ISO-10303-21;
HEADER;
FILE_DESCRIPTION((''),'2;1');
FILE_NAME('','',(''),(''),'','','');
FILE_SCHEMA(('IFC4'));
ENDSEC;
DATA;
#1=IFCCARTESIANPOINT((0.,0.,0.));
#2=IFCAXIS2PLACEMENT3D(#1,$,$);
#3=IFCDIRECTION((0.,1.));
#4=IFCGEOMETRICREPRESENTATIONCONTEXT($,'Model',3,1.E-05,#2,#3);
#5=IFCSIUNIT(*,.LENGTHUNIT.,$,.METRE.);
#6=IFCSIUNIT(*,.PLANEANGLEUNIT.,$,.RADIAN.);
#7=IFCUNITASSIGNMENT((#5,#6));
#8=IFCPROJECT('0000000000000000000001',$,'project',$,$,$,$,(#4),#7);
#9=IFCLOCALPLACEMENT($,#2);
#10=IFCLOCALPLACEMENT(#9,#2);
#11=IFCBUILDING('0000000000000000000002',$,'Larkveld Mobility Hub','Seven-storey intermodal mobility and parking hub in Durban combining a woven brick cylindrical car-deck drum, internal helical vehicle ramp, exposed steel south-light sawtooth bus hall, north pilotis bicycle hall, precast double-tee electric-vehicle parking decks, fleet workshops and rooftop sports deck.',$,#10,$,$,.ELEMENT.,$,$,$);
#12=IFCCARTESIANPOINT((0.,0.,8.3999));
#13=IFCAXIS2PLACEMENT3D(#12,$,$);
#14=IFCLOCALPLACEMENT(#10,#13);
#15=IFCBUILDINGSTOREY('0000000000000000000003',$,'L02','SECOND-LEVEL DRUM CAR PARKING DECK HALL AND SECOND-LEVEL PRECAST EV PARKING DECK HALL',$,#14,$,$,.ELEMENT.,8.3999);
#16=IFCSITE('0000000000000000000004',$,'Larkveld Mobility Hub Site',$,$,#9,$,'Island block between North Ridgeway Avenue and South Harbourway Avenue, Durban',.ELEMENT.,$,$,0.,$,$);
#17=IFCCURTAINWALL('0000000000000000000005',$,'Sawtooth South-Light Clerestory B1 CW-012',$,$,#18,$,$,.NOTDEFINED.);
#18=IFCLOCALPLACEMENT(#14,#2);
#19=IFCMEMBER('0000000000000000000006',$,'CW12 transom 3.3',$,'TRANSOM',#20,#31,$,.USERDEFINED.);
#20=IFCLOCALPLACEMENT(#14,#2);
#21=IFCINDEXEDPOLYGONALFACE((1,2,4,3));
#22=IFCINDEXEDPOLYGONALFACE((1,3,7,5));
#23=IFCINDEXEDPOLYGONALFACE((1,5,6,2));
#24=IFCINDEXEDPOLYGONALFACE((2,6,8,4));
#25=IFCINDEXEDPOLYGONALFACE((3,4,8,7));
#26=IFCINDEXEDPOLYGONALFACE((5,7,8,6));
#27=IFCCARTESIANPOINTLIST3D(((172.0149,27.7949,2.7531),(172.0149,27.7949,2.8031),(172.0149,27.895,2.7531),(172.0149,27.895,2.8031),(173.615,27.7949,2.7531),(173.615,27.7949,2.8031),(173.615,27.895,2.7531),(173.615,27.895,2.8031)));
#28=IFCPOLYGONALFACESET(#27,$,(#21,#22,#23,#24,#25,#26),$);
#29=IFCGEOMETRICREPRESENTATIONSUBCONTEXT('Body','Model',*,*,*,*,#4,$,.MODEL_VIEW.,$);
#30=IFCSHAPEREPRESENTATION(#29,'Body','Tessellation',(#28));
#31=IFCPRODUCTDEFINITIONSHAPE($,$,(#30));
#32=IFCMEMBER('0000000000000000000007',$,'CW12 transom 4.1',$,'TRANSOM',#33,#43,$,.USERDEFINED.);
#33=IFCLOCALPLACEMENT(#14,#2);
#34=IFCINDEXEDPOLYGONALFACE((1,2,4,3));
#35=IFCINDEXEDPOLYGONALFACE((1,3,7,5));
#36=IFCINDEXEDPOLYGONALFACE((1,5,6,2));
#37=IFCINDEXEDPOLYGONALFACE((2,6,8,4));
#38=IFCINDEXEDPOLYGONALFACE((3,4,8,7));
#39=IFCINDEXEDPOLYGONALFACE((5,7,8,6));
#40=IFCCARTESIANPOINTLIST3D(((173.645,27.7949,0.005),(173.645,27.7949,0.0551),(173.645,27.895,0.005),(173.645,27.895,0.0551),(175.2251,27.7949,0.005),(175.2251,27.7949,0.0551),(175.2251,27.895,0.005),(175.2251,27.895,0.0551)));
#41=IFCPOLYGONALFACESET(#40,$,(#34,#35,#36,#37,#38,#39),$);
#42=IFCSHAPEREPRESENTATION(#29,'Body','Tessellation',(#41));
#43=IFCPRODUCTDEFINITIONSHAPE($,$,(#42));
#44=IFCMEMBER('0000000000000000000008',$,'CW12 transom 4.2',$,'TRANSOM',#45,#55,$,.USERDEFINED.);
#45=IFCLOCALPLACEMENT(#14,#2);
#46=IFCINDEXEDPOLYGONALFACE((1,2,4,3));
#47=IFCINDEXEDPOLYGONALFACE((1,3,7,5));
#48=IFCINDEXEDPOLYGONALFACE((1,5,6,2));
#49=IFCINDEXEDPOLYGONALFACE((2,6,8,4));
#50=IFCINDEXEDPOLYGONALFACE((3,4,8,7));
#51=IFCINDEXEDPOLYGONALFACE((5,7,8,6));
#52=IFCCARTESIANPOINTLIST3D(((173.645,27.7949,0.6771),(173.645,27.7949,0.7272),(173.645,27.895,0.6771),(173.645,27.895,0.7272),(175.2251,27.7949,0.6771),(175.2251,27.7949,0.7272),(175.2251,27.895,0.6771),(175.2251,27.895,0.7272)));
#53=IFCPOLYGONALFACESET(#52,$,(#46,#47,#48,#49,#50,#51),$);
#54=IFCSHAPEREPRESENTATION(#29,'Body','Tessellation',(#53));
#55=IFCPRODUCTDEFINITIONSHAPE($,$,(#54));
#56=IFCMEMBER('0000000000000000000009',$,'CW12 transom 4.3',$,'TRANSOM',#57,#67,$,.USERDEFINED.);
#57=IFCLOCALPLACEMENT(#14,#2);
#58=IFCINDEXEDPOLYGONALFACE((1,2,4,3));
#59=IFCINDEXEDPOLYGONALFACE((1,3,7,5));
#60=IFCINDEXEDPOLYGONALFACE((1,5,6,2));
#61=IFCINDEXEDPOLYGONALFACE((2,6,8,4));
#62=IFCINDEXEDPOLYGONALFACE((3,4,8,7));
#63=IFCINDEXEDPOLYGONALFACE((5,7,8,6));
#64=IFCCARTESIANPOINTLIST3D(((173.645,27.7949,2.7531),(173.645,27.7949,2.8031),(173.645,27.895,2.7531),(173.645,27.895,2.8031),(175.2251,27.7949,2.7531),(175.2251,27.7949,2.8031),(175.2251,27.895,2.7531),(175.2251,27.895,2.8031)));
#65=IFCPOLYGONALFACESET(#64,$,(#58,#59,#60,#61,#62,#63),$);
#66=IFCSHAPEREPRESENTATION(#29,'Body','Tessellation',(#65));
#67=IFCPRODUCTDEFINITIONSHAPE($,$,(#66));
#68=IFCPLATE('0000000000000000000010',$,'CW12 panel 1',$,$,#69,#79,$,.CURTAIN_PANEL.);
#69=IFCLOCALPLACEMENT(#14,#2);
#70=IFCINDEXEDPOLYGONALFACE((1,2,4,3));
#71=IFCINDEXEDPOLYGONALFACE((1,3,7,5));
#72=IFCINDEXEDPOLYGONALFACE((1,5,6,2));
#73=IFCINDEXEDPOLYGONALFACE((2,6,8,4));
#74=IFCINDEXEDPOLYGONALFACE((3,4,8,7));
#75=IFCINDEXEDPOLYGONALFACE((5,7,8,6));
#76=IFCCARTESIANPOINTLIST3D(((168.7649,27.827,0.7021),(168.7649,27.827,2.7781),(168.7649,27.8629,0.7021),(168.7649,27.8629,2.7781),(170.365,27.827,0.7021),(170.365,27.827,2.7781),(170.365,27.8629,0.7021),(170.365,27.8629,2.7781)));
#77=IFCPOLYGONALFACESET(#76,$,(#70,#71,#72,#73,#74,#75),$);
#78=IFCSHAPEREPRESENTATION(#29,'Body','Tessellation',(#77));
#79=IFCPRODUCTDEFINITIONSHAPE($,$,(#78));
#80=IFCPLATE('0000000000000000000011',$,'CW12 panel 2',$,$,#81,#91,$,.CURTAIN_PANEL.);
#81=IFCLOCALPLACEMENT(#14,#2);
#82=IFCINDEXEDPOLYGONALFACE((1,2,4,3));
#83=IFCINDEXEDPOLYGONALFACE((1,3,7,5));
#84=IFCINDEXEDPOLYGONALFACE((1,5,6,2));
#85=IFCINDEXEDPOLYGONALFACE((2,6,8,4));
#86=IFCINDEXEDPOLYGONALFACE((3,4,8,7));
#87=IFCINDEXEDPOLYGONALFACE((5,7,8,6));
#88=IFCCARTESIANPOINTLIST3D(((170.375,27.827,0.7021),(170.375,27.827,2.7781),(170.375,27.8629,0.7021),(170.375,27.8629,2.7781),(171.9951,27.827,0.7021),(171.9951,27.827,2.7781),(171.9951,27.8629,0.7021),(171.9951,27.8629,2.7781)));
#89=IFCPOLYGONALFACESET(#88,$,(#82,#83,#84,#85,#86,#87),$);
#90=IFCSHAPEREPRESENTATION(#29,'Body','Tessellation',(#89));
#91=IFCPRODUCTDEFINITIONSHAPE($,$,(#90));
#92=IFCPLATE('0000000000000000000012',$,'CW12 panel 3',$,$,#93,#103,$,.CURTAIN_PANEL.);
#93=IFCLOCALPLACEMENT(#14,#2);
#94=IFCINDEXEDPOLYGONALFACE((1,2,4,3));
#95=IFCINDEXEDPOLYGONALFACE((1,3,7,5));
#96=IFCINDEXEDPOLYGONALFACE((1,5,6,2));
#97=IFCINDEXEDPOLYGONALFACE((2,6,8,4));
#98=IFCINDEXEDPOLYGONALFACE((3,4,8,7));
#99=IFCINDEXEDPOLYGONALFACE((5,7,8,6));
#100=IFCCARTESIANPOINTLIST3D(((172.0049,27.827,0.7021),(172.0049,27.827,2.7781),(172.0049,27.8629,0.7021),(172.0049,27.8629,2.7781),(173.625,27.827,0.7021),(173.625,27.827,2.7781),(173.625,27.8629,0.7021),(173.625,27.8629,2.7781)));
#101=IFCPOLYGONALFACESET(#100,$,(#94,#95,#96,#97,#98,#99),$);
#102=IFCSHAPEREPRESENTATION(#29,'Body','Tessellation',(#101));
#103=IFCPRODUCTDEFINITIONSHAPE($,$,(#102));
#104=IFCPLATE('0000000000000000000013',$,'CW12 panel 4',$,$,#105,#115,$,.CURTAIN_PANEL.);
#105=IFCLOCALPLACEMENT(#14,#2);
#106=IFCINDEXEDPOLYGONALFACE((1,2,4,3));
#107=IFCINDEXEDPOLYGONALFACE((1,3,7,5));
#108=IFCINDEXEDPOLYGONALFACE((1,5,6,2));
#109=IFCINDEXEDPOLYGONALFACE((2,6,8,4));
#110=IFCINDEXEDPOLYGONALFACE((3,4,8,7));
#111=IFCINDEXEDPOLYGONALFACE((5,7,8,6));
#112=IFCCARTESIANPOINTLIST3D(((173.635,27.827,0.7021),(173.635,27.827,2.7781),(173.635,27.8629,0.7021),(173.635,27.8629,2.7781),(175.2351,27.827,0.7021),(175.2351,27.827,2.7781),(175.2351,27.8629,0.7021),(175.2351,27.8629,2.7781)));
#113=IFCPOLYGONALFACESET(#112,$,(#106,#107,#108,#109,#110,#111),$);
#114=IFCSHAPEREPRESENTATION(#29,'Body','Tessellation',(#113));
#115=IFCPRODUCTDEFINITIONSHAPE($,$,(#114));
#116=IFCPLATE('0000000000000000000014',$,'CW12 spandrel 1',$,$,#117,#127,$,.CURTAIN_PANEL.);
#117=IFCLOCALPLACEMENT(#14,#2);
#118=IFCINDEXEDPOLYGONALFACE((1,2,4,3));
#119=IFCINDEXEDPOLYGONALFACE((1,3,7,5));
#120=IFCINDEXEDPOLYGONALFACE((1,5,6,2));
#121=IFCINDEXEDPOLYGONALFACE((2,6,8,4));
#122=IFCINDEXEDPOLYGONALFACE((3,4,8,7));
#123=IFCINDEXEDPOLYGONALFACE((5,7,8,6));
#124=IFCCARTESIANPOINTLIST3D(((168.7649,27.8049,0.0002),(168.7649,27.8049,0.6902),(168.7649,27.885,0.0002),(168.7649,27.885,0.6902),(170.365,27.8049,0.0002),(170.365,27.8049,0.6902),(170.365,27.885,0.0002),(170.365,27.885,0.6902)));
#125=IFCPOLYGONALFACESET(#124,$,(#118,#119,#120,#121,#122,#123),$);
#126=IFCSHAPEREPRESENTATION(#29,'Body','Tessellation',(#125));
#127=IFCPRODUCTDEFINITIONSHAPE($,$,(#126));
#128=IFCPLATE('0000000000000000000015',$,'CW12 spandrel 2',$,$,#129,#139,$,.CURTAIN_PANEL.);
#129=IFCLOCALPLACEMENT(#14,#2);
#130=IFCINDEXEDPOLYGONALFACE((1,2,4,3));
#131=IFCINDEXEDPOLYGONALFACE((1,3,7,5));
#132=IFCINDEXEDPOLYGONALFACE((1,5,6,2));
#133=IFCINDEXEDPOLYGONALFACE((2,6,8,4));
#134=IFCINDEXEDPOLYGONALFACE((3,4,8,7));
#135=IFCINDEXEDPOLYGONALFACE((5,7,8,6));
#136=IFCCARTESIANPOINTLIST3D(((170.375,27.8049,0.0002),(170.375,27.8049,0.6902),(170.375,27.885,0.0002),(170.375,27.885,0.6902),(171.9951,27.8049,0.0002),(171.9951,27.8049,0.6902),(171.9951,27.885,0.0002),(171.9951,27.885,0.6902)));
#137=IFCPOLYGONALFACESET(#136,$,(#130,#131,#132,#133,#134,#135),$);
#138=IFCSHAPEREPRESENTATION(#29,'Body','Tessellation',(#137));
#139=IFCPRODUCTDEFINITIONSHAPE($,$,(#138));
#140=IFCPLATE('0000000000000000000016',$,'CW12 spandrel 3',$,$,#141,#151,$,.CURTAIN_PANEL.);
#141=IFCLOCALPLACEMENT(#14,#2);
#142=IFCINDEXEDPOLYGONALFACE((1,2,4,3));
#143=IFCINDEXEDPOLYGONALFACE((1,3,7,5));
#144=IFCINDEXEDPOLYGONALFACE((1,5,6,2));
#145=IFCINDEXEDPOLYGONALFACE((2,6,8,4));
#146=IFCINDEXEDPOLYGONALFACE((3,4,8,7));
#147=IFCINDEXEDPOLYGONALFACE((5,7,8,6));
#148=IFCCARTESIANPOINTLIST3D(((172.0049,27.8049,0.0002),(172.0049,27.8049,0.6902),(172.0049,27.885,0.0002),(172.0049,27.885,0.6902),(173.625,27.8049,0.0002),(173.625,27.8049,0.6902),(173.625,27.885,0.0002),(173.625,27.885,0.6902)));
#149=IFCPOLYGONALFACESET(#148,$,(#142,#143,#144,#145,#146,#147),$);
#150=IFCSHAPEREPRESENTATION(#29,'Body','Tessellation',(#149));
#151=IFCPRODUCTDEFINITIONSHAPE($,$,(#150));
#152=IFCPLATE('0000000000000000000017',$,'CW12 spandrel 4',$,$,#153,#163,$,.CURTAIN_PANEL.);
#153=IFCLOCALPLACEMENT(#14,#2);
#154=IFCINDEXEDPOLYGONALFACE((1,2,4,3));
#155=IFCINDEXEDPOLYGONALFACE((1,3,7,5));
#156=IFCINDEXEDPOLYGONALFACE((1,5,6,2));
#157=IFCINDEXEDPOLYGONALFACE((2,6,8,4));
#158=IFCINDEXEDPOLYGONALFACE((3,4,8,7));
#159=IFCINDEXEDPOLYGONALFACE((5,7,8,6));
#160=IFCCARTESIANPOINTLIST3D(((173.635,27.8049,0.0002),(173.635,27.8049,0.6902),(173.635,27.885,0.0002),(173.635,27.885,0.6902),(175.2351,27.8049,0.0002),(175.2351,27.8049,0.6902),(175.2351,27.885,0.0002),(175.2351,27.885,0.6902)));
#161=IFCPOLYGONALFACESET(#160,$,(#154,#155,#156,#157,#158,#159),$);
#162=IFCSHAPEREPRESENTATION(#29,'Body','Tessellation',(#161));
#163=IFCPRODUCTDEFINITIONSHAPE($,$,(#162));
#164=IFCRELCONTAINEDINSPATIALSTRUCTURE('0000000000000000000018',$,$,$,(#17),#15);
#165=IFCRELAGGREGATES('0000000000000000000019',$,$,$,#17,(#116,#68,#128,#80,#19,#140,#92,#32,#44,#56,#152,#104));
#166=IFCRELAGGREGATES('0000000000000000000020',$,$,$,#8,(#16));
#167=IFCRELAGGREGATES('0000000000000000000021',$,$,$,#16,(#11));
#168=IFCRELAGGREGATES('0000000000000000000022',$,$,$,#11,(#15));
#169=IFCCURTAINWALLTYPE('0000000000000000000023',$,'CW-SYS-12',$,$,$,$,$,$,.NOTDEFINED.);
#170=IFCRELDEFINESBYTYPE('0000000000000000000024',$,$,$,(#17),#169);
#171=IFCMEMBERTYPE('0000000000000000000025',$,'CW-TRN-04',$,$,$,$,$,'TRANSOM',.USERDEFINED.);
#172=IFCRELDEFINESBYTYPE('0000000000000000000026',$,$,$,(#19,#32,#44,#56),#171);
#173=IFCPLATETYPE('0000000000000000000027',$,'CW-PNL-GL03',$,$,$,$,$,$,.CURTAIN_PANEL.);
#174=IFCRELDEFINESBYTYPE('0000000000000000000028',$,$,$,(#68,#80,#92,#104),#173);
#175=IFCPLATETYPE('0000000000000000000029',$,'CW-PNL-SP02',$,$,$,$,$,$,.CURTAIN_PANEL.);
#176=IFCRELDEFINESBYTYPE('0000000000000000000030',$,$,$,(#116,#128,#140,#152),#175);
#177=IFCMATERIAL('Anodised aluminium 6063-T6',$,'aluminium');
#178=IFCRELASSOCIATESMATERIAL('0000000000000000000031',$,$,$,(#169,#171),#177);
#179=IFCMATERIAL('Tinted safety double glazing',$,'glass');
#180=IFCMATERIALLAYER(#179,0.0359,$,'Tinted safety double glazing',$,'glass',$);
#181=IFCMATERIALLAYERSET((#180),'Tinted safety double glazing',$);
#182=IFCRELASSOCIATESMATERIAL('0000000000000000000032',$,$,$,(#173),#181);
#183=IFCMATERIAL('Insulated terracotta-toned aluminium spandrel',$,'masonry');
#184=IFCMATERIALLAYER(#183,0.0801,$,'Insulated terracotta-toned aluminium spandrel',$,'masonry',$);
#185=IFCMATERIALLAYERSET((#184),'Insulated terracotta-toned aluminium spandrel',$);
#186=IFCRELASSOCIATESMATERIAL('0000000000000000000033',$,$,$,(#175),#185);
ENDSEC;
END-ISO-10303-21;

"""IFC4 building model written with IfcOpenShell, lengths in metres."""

from ifc_helpers import new_model, si_unit, direction, frame, origin, origin_2d, place, context, subcontext, project, spatial, rectangle, extrude, material, layer, layer_set, material_profile, profile_set, type_object, element, aggregate, save


model = new_model("IFC4")

# Units and contexts
model_context = context("Model", 3, precision=1e-05, world=origin(), true_north=direction((0.0, 1.0)))
body_context = subcontext(model_context, "Body", "Model", "MODEL_VIEW")
ifc_project = project(units=[si_unit("LENGTHUNIT", "METRE"), si_unit("PLANEANGLEUNIT", "RADIAN")], contexts=[model_context])

# Site, building, storey
site_placement = place(None, origin())
site = spatial("IfcSite", under=ifc_project, at=site_placement, Name="Larkveld Mobility Hub Site", LongName="Island block between North Ridgeway Avenue and South Harbourway Avenue, Durban", CompositionType="ELEMENT", RefElevation=0.0)
building_placement = place(site_placement, origin())
building = spatial("IfcBuilding", under=site, at=building_placement, Name="Larkveld Mobility Hub", Description="Seven-storey intermodal mobility and parking hub in Durban combining a woven brick cylindrical car-deck drum, internal helical vehicle ramp, exposed steel south-light sawtooth bus hall, north pilotis bicycle hall, precast double-tee electric-vehicle parking decks, fleet workshops and rooftop sports deck.", CompositionType="ELEMENT")
storey_placement = place(building_placement, frame((0.0, 0.0, 8.3999)))
storey = spatial("IfcBuildingStorey", under=building, at=storey_placement, Name="L02", Description="SECOND-LEVEL DRUM CAR PARKING DECK HALL AND SECOND-LEVEL PRECAST EV PARKING DECK HALL", CompositionType="ELEMENT", Elevation=8.3999)

# Curtain wall, members, plates
ifc_material_1 = material(Name="Anodised aluminium 6063-T6", Category="aluminium")
curtain_wall_type = type_object("IfcCurtainWallType", Name="CW-SYS-12", PredefinedType="NOTDEFINED", material=ifc_material_1)
curtain_wall_placement = place(storey_placement, origin())
curtain_wall = element("IfcCurtainWall", 1, at=curtain_wall_placement, inside=storey, type_object=curtain_wall_type, Name="Sawtooth South-Light Clerestory B1 CW-012", PredefinedType="NOTDEFINED")
ifc_material_profile_1 = material_profile(ifc_material_1, rectangle(XDim=0.1001, YDim=0.05, at=origin_2d()), Name="ALU TRAN 50x100")
ifc_profile_set_1 = profile_set([ifc_material_profile_1], Name="Anodised aluminium 6063-T6")
member_type_1 = type_object("IfcMemberType", Name="CW-TRN-04", ElementType="TRANSOM", PredefinedType="USERDEFINED", material=ifc_profile_set_1)
member_1_placement = place(storey_placement, frame((172.0149, 27.845, 2.7781), z_axis=(1.0, 0.0, 0.0), x_axis=(0.0, 1.0, 0.0)))
member_1 = element("IfcMember", 2, at=member_1_placement, type_object=member_type_1, Name="CW12 transom 3.3", ObjectType="TRANSOM", PredefinedType="USERDEFINED", context=body_context, shape_type="SweptSolid", body=[
    extrude(rectangle(XDim=0.1001, YDim=0.05, at=origin_2d()), origin(), (0.0, 0.0, 1.0), 1.6001),
])
member_2_placement = place(storey_placement, frame((173.645, 27.845, 0.03), z_axis=(1.0, 0.0, 0.0), x_axis=(0.0, 1.0, 0.0)))
member_2 = element("IfcMember", 3, at=member_2_placement, type_object=member_type_1, Name="CW12 transom 4.1", ObjectType="TRANSOM", PredefinedType="USERDEFINED", context=body_context, shape_type="SweptSolid", body=[
    extrude(rectangle(XDim=0.1001, YDim=0.05, at=origin_2d()), origin(), (0.0, 0.0, 1.0), 1.5801),
])
member_3_placement = place(storey_placement, frame((173.645, 27.845, 0.7021), z_axis=(1.0, 0.0, 0.0), x_axis=(0.0, 1.0, 0.0)))
member_3 = element("IfcMember", 4, at=member_3_placement, type_object=member_type_1, Name="CW12 transom 4.2", ObjectType="TRANSOM", PredefinedType="USERDEFINED", context=body_context, shape_type="SweptSolid", body=[
    extrude(rectangle(XDim=0.1001, YDim=0.05, at=origin_2d()), origin(), (0.0, 0.0, 1.0), 1.5801),
])
member_4_placement = place(storey_placement, frame((173.645, 27.845, 2.7781), z_axis=(1.0, 0.0, 0.0), x_axis=(0.0, 1.0, 0.0)))
member_4 = element("IfcMember", 5, at=member_4_placement, type_object=member_type_1, Name="CW12 transom 4.3", ObjectType="TRANSOM", PredefinedType="USERDEFINED", context=body_context, shape_type="SweptSolid", body=[
    extrude(rectangle(XDim=0.1001, YDim=0.05, at=origin_2d()), origin(), (0.0, 0.0, 1.0), 1.5801),
])
ifc_material_2 = material(Name="Tinted safety double glazing", Category="glass")
ifc_layer_1 = layer(ifc_material_2, 0.0359, Name="Tinted safety double glazing", Category="glass")
ifc_layer_set_1 = layer_set([ifc_layer_1], Name="Tinted safety double glazing")
plate_type_1 = type_object("IfcPlateType", Name="CW-PNL-GL03", PredefinedType="CURTAIN_PANEL", material=ifc_layer_set_1)
plate_1_placement = place(storey_placement, frame((169.5649, 27.845, 0.7021), z_axis=(0.0, 0.0, 1.0), x_axis=(1.0, 0.0, 0.0)))
plate_1 = element("IfcPlate", 6, at=plate_1_placement, type_object=plate_type_1, Name="CW12 panel 1", PredefinedType="CURTAIN_PANEL", context=body_context, shape_type="SweptSolid", body=[
    extrude(rectangle(XDim=1.6001, YDim=0.0359, at=origin_2d()), origin(), (0.0, 0.0, 1.0), 2.0759),
])
plate_2_placement = place(storey_placement, frame((171.1851, 27.845, 0.7021), z_axis=(0.0, 0.0, 1.0), x_axis=(1.0, 0.0, 0.0)))
plate_2 = element("IfcPlate", 7, at=plate_2_placement, type_object=plate_type_1, Name="CW12 panel 2", PredefinedType="CURTAIN_PANEL", context=body_context, shape_type="SweptSolid", body=[
    extrude(rectangle(XDim=1.6201, YDim=0.0359, at=origin_2d()), origin(), (0.0, 0.0, 1.0), 2.0759),
])
plate_3_placement = place(storey_placement, frame((172.8149, 27.845, 0.7021), z_axis=(0.0, 0.0, 1.0), x_axis=(1.0, 0.0, 0.0)))
plate_3 = element("IfcPlate", 8, at=plate_3_placement, type_object=plate_type_1, Name="CW12 panel 3", PredefinedType="CURTAIN_PANEL", context=body_context, shape_type="SweptSolid", body=[
    extrude(rectangle(XDim=1.6201, YDim=0.0359, at=origin_2d()), origin(), (0.0, 0.0, 1.0), 2.0759),
])
plate_4_placement = place(storey_placement, frame((174.4351, 27.845, 0.7021), z_axis=(0.0, 0.0, 1.0), x_axis=(1.0, 0.0, 0.0)))
plate_4 = element("IfcPlate", 9, at=plate_4_placement, type_object=plate_type_1, Name="CW12 panel 4", PredefinedType="CURTAIN_PANEL", context=body_context, shape_type="SweptSolid", body=[
    extrude(rectangle(XDim=1.6001, YDim=0.0359, at=origin_2d()), origin(), (0.0, 0.0, 1.0), 2.0759),
])
ifc_material_3 = material(Name="Insulated terracotta-toned aluminium spandrel", Category="masonry")
ifc_layer_2 = layer(ifc_material_3, 0.0801, Name="Insulated terracotta-toned aluminium spandrel", Category="masonry")
ifc_layer_set_2 = layer_set([ifc_layer_2], Name="Insulated terracotta-toned aluminium spandrel")
plate_type_2 = type_object("IfcPlateType", Name="CW-PNL-SP02", PredefinedType="CURTAIN_PANEL", material=ifc_layer_set_2)
plate_5_placement = place(storey_placement, frame((169.5649, 27.845, 0.0002), z_axis=(0.0, 0.0, 1.0), x_axis=(1.0, 0.0, 0.0)))
plate_5 = element("IfcPlate", 10, at=plate_5_placement, type_object=plate_type_2, Name="CW12 spandrel 1", PredefinedType="CURTAIN_PANEL", context=body_context, shape_type="SweptSolid", body=[
    extrude(rectangle(XDim=1.6001, YDim=0.0801, at=origin_2d()), origin(), (0.0, 0.0, 1.0), 0.6899),
])
plate_6_placement = place(storey_placement, frame((171.1851, 27.845, 0.0002), z_axis=(0.0, 0.0, 1.0), x_axis=(1.0, 0.0, 0.0)))
plate_6 = element("IfcPlate", 11, at=plate_6_placement, type_object=plate_type_2, Name="CW12 spandrel 2", PredefinedType="CURTAIN_PANEL", context=body_context, shape_type="SweptSolid", body=[
    extrude(rectangle(XDim=1.6201, YDim=0.0801, at=origin_2d()), origin(), (0.0, 0.0, 1.0), 0.6899),
])
plate_7_placement = place(storey_placement, frame((172.8149, 27.845, 0.0002), z_axis=(0.0, 0.0, 1.0), x_axis=(1.0, 0.0, 0.0)))
plate_7 = element("IfcPlate", 12, at=plate_7_placement, type_object=plate_type_2, Name="CW12 spandrel 3", PredefinedType="CURTAIN_PANEL", context=body_context, shape_type="SweptSolid", body=[
    extrude(rectangle(XDim=1.6201, YDim=0.0801, at=origin_2d()), origin(), (0.0, 0.0, 1.0), 0.6899),
])
plate_8_placement = place(storey_placement, frame((174.4351, 27.845, 0.0002), z_axis=(0.0, 0.0, 1.0), x_axis=(1.0, 0.0, 0.0)))
plate_8 = element("IfcPlate", 13, at=plate_8_placement, type_object=plate_type_2, Name="CW12 spandrel 4", PredefinedType="CURTAIN_PANEL", context=body_context, shape_type="SweptSolid", body=[
    extrude(rectangle(XDim=1.6001, YDim=0.0801, at=origin_2d()), origin(), (0.0, 0.0, 1.0), 0.6899),
])
aggregate(curtain_wall, [plate_5, plate_1, plate_6, plate_2, member_1, plate_7, plate_3, member_2, member_3, member_4, plate_8, plate_4])

save(model, "model.ifc")
